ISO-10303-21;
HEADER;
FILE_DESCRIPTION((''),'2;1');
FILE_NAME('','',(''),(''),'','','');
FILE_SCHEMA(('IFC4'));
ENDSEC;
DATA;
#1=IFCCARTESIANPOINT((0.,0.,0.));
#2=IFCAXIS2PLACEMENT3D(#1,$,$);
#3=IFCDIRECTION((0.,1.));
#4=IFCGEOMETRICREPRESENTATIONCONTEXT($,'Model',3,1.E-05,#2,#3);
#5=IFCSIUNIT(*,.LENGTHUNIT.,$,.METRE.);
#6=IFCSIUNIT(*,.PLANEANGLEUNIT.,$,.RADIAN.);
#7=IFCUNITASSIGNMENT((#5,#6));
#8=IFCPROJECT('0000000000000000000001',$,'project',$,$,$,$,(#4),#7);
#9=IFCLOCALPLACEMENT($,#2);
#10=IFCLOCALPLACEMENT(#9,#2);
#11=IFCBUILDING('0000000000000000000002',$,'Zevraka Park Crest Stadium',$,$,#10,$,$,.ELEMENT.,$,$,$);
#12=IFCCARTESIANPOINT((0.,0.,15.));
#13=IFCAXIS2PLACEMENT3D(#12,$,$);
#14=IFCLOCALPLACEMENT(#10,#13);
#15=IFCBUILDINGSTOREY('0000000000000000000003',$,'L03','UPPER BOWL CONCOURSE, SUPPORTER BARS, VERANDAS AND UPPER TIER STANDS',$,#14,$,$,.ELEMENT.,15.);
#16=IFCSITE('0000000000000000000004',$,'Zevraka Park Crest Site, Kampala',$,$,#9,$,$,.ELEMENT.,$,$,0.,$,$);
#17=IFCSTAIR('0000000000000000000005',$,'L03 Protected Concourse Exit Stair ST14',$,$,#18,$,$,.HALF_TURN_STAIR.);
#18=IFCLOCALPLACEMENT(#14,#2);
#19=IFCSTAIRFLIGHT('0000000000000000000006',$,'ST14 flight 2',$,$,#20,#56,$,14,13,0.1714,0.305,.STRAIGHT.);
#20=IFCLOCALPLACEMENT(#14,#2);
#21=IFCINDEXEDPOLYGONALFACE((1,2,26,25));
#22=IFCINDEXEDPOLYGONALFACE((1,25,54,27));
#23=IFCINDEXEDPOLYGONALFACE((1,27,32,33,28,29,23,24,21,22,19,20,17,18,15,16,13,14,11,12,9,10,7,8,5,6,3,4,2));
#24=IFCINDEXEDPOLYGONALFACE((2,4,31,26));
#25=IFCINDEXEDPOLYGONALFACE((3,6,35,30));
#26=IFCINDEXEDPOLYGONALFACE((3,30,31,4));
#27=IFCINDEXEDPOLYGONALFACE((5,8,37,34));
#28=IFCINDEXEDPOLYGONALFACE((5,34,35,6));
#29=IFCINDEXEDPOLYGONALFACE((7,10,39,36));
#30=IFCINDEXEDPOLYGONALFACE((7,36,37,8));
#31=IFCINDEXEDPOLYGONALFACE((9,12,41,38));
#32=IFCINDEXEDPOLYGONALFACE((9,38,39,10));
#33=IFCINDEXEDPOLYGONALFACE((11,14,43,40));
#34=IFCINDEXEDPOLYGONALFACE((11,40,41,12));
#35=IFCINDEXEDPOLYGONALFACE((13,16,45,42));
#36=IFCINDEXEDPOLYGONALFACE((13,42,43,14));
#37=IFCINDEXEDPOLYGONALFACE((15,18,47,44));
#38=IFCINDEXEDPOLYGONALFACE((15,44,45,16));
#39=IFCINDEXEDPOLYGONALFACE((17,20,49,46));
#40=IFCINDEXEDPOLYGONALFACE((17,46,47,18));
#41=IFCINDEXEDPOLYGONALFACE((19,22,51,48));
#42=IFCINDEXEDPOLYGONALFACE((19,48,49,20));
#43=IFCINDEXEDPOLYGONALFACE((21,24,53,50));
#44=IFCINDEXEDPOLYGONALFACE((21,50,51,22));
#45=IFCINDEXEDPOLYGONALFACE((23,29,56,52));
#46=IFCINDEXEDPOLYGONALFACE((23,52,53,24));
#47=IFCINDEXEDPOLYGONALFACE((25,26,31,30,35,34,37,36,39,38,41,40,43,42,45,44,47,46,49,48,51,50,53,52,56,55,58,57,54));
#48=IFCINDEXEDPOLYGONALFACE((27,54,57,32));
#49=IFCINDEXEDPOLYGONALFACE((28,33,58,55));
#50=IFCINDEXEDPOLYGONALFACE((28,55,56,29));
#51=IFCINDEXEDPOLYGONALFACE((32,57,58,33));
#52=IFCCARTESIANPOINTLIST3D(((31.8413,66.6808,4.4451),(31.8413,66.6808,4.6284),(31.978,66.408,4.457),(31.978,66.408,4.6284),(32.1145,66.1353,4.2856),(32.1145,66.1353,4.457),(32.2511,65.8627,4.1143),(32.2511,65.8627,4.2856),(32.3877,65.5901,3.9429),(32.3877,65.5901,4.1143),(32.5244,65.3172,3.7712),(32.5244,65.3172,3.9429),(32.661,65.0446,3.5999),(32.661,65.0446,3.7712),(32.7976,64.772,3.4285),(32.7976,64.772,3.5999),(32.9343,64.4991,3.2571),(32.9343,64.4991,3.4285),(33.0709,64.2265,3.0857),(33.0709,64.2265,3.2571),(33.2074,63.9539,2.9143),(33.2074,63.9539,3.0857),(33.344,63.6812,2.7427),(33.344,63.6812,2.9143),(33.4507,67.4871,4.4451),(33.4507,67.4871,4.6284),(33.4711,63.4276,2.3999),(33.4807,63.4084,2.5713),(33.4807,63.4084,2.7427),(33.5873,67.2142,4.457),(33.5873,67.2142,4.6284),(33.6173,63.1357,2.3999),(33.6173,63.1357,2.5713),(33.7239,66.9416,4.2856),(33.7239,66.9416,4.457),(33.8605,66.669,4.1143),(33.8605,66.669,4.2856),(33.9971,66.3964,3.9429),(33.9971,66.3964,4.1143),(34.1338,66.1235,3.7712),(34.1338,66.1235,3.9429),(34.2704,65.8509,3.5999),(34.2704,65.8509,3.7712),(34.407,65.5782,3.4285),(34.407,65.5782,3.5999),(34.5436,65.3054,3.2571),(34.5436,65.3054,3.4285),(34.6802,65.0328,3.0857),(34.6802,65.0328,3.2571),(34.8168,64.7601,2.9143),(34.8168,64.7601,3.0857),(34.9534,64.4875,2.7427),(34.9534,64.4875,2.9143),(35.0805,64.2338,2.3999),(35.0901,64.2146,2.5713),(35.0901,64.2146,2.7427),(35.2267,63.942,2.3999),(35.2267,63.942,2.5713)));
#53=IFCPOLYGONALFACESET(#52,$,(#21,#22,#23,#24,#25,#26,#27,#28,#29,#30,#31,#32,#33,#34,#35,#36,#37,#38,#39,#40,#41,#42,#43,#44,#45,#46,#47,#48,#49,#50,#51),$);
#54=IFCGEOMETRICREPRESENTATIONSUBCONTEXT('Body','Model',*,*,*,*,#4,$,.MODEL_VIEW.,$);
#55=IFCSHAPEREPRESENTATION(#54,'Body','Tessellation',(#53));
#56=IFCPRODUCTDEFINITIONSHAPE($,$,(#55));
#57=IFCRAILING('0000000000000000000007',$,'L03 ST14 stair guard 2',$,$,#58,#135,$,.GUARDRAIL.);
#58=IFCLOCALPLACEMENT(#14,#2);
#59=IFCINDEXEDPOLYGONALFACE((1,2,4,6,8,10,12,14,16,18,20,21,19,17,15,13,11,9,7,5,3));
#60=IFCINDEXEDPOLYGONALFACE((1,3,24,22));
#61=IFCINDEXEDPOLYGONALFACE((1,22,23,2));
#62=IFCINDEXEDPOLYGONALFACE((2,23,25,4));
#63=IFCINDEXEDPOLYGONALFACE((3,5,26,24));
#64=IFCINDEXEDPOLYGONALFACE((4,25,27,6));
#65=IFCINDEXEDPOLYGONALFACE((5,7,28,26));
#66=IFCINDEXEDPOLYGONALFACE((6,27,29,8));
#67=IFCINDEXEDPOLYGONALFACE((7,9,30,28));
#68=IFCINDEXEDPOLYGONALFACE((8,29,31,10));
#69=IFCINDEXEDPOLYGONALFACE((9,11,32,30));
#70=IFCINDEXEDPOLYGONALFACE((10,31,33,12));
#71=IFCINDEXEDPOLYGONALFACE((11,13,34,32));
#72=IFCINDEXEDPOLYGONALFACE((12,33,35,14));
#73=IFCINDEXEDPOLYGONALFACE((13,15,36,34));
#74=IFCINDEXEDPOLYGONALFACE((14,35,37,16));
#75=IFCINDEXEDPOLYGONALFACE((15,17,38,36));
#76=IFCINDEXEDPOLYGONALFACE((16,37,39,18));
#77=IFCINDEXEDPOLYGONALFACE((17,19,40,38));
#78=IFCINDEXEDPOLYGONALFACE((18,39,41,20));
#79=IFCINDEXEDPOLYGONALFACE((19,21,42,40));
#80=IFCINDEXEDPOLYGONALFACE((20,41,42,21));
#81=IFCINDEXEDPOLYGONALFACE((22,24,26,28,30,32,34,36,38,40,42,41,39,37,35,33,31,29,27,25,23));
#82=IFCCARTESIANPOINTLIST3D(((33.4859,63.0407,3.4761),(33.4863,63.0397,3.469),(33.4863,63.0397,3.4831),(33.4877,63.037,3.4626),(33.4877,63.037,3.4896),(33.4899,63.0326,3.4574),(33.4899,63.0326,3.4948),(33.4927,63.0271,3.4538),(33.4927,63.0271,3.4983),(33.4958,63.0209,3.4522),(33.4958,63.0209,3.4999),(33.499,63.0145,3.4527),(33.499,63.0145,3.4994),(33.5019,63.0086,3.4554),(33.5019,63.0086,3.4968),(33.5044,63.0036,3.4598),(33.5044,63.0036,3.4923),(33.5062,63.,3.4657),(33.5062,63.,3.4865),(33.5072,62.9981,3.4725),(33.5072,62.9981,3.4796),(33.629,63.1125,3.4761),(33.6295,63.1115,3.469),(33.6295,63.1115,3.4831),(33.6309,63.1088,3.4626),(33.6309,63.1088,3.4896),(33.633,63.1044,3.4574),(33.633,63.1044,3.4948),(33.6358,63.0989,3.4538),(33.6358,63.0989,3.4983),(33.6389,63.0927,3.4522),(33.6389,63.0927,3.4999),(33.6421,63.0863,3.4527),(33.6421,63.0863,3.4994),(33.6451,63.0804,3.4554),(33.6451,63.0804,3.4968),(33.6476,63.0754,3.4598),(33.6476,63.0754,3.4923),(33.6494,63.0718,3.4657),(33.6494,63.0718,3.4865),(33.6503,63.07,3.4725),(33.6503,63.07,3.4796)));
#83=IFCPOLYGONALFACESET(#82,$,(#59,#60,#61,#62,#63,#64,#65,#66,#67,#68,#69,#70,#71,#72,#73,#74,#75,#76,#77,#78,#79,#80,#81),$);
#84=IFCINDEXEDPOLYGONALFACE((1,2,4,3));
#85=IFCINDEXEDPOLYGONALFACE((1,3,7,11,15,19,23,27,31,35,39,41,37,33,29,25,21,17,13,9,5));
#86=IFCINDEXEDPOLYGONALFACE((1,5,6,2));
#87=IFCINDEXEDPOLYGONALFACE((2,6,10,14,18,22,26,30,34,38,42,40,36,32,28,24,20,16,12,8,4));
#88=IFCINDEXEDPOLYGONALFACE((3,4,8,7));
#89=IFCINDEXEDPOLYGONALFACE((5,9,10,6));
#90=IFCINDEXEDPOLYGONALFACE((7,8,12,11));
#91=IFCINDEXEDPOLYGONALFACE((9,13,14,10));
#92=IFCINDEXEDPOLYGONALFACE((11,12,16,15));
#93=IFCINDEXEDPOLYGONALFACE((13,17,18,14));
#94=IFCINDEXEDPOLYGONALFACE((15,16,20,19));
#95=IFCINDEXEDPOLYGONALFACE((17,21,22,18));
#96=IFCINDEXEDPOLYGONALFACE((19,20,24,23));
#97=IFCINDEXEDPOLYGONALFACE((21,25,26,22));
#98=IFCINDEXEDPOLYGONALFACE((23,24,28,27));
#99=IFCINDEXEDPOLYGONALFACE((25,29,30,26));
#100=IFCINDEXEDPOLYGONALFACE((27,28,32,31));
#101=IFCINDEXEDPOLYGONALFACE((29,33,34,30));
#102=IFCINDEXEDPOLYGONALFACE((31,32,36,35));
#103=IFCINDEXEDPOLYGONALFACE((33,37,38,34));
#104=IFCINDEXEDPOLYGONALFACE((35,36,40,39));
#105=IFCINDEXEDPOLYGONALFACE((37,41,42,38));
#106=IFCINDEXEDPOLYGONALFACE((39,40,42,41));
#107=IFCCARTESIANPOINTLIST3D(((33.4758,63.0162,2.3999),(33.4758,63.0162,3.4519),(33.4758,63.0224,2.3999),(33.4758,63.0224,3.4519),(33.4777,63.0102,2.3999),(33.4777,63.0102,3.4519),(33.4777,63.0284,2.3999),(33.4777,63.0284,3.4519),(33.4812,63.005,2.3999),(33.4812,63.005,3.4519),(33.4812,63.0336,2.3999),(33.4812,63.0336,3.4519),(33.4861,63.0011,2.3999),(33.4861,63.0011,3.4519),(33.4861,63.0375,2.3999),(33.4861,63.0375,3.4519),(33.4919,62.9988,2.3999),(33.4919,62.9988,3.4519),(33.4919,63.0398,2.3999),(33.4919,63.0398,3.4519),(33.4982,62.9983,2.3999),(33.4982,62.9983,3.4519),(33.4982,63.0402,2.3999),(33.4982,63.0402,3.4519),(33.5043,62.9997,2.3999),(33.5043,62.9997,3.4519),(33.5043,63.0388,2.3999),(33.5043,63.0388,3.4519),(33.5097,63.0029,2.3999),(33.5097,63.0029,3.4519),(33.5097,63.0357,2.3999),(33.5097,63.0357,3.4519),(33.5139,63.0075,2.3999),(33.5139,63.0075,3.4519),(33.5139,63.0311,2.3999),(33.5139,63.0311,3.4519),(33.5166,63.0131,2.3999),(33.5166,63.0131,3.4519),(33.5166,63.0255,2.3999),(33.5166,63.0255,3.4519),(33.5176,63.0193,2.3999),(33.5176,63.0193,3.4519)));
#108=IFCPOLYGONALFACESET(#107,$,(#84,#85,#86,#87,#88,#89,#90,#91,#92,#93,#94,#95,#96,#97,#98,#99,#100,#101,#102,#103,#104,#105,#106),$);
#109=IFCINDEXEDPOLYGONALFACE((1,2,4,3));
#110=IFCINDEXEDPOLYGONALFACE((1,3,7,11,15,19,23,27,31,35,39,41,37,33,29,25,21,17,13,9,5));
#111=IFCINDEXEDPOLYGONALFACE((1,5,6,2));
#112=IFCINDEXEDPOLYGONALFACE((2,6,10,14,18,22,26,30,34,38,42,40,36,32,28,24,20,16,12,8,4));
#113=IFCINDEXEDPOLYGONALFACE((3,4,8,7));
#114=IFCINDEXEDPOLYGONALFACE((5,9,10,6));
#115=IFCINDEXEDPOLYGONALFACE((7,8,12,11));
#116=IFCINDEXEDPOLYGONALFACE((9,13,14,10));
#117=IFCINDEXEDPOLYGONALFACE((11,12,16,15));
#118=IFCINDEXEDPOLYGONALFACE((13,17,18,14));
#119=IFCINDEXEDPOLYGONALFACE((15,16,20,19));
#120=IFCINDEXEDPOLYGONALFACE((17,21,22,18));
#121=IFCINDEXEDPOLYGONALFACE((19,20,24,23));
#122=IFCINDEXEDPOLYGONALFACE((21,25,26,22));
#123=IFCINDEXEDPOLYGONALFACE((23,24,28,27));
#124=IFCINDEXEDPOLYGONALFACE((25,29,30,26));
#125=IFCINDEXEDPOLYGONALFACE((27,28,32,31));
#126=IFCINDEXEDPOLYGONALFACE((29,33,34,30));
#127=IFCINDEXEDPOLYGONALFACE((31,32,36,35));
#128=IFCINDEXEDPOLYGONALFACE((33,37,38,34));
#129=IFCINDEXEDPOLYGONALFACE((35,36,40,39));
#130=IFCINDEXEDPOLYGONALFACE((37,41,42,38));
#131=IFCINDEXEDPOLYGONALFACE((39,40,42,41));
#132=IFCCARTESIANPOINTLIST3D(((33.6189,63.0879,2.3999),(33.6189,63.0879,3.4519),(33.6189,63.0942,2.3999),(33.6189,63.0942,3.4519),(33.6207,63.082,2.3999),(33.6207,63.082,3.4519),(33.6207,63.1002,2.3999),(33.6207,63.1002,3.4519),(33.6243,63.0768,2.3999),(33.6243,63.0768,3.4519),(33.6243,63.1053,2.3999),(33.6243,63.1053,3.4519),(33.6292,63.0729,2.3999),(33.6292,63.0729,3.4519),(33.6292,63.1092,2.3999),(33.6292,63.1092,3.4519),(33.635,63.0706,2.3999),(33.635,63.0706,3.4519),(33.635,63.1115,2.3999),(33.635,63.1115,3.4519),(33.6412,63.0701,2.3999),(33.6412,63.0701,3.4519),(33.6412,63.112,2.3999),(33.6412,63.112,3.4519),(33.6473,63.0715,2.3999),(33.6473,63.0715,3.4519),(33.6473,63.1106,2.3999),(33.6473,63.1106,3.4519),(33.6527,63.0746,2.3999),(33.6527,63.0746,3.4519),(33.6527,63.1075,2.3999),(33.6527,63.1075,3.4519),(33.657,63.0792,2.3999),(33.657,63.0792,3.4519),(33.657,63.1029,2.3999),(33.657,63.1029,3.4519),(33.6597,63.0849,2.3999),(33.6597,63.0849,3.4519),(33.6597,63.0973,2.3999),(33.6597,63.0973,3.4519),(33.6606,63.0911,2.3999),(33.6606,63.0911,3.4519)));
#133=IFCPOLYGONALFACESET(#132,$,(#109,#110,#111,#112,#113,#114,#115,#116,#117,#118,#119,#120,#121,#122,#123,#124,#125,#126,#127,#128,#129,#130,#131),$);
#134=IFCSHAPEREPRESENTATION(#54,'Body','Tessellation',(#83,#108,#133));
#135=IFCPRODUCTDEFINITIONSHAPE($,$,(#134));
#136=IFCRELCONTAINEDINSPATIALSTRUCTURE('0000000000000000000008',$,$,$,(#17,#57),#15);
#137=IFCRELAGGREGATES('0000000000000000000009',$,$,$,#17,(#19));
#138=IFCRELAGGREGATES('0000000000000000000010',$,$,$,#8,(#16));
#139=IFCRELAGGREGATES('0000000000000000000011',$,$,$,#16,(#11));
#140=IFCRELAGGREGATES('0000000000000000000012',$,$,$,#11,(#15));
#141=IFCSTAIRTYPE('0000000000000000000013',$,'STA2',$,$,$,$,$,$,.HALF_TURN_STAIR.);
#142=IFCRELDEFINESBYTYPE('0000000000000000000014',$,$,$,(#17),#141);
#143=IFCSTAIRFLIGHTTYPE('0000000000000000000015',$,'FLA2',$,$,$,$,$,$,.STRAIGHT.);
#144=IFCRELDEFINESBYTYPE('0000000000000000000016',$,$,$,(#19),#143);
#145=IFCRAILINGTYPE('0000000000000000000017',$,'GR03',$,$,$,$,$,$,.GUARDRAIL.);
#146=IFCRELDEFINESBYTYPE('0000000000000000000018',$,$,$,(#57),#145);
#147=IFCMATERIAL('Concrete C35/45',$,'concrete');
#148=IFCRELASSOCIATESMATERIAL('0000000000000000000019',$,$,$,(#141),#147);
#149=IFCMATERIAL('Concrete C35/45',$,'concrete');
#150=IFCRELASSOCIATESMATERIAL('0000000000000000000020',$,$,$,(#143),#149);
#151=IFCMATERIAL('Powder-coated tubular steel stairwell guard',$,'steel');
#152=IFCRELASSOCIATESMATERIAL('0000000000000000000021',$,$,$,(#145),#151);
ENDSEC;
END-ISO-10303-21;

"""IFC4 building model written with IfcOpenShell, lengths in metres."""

from ifc_helpers import new_model, si_unit, direction, frame, origin, origin_2d, place, context, subcontext, project, spatial, polyline, circle, outline, extrude, material, type_object, element, aggregate, save


model = new_model("IFC4")

# Units and contexts
model_context = context("Model", 3, precision=1e-05, world=origin(), true_north=direction((0.0, 1.0)))
body_context = subcontext(model_context, "Body", "Model", "MODEL_VIEW")
ifc_project = project(units=[si_unit("LENGTHUNIT", "METRE"), si_unit("PLANEANGLEUNIT", "RADIAN")], contexts=[model_context])

# Site, building, storey
site_placement = place(None, origin())
site = spatial("IfcSite", under=ifc_project, at=site_placement, Name="Zevraka Park Crest Site, Kampala", CompositionType="ELEMENT", RefElevation=0.0)
building_placement = place(site_placement, origin())
building = spatial("IfcBuilding", under=site, at=building_placement, Name="Zevraka Park Crest Stadium", CompositionType="ELEMENT")
storey_placement = place(building_placement, frame((0.0, 0.0, 15.0)))
storey = spatial("IfcBuildingStorey", under=building, at=storey_placement, Name="L03", Description="UPPER BOWL CONCOURSE, SUPPORTER BARS, VERANDAS AND UPPER TIER STANDS", CompositionType="ELEMENT", Elevation=15.0)

# Stair, stair flight
ifc_material_1 = material(Name="Concrete C35/45", Category="concrete")
stair_type = type_object("IfcStairType", Name="STA2", PredefinedType="HALF_TURN_STAIR", material=ifc_material_1)
stair_placement = place(storey_placement, origin())
stair = element("IfcStair", 1, at=stair_placement, inside=storey, type_object=stair_type, Name="L03 Protected Concourse Exit Stair ST14", PredefinedType="HALF_TURN_STAIR")
ifc_material_2 = material(Name="Concrete C35/45", Category="concrete")
stair_flight_type = type_object("IfcStairFlightType", Name="FLA2", PredefinedType="STRAIGHT", material=ifc_material_2)
stair_flight_placement = place(storey_placement, frame((34.4219, 63.5388, 2.3999), z_axis=(0.0, 0.0, 1.0), x_axis=(-0.447915, 0.894076, 0.0)))
stair_flight = element("IfcStairFlight", 2, at=stair_flight_placement, type_object=stair_flight_type, Name="ST14 flight 2", NumberOfRisers=14, NumberOfTreads=13, PredefinedType="STRAIGHT", RiserHeight=0.1714, TreadLength=0.305, context=body_context, shape_type="SweptSolid", body=[
    extrude(outline(polyline([(0.0, 0.0), (0.0, 0.1714), (0.3049, 0.1714), (0.3049, 0.3428), (0.6101, 0.3428), (0.6101, 0.5144), (0.915, 0.5144), (0.915, 0.6858), (1.22, 0.6858), (1.22, 0.8572), (1.5249, 0.8572), (1.5249, 1.0286), (1.8301, 1.0286), (1.8301, 1.2), (2.135, 1.2), (2.135, 1.3713), (2.4399, 1.3713), (2.4399, 1.543), (2.7451, 1.543), (2.7451, 1.7144), (3.05, 1.7144), (3.05, 1.8857), (3.355, 1.8857), (3.355, 2.0571), (3.6599, 2.0571), (3.6599, 2.2285), (3.9651, 2.2285), (3.9651, 2.3999), (3.9651, 2.0452), (0.3264, 0.0), (0.0, 0.0)])), frame((0.0, 0.8999, 0.0), z_axis=(0.0, -1.0, 0.0), x_axis=(1.0, 0.0, 0.0)), (0.0, 0.0, 1.0), 1.8),
])
aggregate(stair, [stair_flight])

# Railing
ifc_material_3 = material(Name="Powder-coated tubular steel stairwell guard", Category="steel")
railing_type_1 = type_object("IfcRailingType", Name="GR03", PredefinedType="GUARDRAIL", material=ifc_material_3)
railing_1_placement = place(storey_placement, frame((33.4966, 63.0193, 2.3999)))
element("IfcRailing", 3, at=railing_1_placement, inside=storey, type_object=railing_type_1, Name="L03 ST14 stair guard 2", PredefinedType="GUARDRAIL", context=body_context, shape_type="SweptSolid", body=[
    extrude(circle(Radius=0.0239, at=origin_2d()), frame((0.0, 0.0, 1.0762), z_axis=(0.893816, 0.448433, 0.0), x_axis=(-0.448433, 0.893816, 0.0)), (0.0, 0.0, 1.0), 0.1602),
    extrude(circle(Radius=0.021, at=origin_2d()), origin(), (0.0, 0.0, 1.0), 1.052),
    extrude(circle(Radius=0.021, at=origin_2d()), frame((0.1431, 0.0718, 0.0)), (0.0, 0.0, 1.0), 1.052),
])

save(model, "model.ifc")
